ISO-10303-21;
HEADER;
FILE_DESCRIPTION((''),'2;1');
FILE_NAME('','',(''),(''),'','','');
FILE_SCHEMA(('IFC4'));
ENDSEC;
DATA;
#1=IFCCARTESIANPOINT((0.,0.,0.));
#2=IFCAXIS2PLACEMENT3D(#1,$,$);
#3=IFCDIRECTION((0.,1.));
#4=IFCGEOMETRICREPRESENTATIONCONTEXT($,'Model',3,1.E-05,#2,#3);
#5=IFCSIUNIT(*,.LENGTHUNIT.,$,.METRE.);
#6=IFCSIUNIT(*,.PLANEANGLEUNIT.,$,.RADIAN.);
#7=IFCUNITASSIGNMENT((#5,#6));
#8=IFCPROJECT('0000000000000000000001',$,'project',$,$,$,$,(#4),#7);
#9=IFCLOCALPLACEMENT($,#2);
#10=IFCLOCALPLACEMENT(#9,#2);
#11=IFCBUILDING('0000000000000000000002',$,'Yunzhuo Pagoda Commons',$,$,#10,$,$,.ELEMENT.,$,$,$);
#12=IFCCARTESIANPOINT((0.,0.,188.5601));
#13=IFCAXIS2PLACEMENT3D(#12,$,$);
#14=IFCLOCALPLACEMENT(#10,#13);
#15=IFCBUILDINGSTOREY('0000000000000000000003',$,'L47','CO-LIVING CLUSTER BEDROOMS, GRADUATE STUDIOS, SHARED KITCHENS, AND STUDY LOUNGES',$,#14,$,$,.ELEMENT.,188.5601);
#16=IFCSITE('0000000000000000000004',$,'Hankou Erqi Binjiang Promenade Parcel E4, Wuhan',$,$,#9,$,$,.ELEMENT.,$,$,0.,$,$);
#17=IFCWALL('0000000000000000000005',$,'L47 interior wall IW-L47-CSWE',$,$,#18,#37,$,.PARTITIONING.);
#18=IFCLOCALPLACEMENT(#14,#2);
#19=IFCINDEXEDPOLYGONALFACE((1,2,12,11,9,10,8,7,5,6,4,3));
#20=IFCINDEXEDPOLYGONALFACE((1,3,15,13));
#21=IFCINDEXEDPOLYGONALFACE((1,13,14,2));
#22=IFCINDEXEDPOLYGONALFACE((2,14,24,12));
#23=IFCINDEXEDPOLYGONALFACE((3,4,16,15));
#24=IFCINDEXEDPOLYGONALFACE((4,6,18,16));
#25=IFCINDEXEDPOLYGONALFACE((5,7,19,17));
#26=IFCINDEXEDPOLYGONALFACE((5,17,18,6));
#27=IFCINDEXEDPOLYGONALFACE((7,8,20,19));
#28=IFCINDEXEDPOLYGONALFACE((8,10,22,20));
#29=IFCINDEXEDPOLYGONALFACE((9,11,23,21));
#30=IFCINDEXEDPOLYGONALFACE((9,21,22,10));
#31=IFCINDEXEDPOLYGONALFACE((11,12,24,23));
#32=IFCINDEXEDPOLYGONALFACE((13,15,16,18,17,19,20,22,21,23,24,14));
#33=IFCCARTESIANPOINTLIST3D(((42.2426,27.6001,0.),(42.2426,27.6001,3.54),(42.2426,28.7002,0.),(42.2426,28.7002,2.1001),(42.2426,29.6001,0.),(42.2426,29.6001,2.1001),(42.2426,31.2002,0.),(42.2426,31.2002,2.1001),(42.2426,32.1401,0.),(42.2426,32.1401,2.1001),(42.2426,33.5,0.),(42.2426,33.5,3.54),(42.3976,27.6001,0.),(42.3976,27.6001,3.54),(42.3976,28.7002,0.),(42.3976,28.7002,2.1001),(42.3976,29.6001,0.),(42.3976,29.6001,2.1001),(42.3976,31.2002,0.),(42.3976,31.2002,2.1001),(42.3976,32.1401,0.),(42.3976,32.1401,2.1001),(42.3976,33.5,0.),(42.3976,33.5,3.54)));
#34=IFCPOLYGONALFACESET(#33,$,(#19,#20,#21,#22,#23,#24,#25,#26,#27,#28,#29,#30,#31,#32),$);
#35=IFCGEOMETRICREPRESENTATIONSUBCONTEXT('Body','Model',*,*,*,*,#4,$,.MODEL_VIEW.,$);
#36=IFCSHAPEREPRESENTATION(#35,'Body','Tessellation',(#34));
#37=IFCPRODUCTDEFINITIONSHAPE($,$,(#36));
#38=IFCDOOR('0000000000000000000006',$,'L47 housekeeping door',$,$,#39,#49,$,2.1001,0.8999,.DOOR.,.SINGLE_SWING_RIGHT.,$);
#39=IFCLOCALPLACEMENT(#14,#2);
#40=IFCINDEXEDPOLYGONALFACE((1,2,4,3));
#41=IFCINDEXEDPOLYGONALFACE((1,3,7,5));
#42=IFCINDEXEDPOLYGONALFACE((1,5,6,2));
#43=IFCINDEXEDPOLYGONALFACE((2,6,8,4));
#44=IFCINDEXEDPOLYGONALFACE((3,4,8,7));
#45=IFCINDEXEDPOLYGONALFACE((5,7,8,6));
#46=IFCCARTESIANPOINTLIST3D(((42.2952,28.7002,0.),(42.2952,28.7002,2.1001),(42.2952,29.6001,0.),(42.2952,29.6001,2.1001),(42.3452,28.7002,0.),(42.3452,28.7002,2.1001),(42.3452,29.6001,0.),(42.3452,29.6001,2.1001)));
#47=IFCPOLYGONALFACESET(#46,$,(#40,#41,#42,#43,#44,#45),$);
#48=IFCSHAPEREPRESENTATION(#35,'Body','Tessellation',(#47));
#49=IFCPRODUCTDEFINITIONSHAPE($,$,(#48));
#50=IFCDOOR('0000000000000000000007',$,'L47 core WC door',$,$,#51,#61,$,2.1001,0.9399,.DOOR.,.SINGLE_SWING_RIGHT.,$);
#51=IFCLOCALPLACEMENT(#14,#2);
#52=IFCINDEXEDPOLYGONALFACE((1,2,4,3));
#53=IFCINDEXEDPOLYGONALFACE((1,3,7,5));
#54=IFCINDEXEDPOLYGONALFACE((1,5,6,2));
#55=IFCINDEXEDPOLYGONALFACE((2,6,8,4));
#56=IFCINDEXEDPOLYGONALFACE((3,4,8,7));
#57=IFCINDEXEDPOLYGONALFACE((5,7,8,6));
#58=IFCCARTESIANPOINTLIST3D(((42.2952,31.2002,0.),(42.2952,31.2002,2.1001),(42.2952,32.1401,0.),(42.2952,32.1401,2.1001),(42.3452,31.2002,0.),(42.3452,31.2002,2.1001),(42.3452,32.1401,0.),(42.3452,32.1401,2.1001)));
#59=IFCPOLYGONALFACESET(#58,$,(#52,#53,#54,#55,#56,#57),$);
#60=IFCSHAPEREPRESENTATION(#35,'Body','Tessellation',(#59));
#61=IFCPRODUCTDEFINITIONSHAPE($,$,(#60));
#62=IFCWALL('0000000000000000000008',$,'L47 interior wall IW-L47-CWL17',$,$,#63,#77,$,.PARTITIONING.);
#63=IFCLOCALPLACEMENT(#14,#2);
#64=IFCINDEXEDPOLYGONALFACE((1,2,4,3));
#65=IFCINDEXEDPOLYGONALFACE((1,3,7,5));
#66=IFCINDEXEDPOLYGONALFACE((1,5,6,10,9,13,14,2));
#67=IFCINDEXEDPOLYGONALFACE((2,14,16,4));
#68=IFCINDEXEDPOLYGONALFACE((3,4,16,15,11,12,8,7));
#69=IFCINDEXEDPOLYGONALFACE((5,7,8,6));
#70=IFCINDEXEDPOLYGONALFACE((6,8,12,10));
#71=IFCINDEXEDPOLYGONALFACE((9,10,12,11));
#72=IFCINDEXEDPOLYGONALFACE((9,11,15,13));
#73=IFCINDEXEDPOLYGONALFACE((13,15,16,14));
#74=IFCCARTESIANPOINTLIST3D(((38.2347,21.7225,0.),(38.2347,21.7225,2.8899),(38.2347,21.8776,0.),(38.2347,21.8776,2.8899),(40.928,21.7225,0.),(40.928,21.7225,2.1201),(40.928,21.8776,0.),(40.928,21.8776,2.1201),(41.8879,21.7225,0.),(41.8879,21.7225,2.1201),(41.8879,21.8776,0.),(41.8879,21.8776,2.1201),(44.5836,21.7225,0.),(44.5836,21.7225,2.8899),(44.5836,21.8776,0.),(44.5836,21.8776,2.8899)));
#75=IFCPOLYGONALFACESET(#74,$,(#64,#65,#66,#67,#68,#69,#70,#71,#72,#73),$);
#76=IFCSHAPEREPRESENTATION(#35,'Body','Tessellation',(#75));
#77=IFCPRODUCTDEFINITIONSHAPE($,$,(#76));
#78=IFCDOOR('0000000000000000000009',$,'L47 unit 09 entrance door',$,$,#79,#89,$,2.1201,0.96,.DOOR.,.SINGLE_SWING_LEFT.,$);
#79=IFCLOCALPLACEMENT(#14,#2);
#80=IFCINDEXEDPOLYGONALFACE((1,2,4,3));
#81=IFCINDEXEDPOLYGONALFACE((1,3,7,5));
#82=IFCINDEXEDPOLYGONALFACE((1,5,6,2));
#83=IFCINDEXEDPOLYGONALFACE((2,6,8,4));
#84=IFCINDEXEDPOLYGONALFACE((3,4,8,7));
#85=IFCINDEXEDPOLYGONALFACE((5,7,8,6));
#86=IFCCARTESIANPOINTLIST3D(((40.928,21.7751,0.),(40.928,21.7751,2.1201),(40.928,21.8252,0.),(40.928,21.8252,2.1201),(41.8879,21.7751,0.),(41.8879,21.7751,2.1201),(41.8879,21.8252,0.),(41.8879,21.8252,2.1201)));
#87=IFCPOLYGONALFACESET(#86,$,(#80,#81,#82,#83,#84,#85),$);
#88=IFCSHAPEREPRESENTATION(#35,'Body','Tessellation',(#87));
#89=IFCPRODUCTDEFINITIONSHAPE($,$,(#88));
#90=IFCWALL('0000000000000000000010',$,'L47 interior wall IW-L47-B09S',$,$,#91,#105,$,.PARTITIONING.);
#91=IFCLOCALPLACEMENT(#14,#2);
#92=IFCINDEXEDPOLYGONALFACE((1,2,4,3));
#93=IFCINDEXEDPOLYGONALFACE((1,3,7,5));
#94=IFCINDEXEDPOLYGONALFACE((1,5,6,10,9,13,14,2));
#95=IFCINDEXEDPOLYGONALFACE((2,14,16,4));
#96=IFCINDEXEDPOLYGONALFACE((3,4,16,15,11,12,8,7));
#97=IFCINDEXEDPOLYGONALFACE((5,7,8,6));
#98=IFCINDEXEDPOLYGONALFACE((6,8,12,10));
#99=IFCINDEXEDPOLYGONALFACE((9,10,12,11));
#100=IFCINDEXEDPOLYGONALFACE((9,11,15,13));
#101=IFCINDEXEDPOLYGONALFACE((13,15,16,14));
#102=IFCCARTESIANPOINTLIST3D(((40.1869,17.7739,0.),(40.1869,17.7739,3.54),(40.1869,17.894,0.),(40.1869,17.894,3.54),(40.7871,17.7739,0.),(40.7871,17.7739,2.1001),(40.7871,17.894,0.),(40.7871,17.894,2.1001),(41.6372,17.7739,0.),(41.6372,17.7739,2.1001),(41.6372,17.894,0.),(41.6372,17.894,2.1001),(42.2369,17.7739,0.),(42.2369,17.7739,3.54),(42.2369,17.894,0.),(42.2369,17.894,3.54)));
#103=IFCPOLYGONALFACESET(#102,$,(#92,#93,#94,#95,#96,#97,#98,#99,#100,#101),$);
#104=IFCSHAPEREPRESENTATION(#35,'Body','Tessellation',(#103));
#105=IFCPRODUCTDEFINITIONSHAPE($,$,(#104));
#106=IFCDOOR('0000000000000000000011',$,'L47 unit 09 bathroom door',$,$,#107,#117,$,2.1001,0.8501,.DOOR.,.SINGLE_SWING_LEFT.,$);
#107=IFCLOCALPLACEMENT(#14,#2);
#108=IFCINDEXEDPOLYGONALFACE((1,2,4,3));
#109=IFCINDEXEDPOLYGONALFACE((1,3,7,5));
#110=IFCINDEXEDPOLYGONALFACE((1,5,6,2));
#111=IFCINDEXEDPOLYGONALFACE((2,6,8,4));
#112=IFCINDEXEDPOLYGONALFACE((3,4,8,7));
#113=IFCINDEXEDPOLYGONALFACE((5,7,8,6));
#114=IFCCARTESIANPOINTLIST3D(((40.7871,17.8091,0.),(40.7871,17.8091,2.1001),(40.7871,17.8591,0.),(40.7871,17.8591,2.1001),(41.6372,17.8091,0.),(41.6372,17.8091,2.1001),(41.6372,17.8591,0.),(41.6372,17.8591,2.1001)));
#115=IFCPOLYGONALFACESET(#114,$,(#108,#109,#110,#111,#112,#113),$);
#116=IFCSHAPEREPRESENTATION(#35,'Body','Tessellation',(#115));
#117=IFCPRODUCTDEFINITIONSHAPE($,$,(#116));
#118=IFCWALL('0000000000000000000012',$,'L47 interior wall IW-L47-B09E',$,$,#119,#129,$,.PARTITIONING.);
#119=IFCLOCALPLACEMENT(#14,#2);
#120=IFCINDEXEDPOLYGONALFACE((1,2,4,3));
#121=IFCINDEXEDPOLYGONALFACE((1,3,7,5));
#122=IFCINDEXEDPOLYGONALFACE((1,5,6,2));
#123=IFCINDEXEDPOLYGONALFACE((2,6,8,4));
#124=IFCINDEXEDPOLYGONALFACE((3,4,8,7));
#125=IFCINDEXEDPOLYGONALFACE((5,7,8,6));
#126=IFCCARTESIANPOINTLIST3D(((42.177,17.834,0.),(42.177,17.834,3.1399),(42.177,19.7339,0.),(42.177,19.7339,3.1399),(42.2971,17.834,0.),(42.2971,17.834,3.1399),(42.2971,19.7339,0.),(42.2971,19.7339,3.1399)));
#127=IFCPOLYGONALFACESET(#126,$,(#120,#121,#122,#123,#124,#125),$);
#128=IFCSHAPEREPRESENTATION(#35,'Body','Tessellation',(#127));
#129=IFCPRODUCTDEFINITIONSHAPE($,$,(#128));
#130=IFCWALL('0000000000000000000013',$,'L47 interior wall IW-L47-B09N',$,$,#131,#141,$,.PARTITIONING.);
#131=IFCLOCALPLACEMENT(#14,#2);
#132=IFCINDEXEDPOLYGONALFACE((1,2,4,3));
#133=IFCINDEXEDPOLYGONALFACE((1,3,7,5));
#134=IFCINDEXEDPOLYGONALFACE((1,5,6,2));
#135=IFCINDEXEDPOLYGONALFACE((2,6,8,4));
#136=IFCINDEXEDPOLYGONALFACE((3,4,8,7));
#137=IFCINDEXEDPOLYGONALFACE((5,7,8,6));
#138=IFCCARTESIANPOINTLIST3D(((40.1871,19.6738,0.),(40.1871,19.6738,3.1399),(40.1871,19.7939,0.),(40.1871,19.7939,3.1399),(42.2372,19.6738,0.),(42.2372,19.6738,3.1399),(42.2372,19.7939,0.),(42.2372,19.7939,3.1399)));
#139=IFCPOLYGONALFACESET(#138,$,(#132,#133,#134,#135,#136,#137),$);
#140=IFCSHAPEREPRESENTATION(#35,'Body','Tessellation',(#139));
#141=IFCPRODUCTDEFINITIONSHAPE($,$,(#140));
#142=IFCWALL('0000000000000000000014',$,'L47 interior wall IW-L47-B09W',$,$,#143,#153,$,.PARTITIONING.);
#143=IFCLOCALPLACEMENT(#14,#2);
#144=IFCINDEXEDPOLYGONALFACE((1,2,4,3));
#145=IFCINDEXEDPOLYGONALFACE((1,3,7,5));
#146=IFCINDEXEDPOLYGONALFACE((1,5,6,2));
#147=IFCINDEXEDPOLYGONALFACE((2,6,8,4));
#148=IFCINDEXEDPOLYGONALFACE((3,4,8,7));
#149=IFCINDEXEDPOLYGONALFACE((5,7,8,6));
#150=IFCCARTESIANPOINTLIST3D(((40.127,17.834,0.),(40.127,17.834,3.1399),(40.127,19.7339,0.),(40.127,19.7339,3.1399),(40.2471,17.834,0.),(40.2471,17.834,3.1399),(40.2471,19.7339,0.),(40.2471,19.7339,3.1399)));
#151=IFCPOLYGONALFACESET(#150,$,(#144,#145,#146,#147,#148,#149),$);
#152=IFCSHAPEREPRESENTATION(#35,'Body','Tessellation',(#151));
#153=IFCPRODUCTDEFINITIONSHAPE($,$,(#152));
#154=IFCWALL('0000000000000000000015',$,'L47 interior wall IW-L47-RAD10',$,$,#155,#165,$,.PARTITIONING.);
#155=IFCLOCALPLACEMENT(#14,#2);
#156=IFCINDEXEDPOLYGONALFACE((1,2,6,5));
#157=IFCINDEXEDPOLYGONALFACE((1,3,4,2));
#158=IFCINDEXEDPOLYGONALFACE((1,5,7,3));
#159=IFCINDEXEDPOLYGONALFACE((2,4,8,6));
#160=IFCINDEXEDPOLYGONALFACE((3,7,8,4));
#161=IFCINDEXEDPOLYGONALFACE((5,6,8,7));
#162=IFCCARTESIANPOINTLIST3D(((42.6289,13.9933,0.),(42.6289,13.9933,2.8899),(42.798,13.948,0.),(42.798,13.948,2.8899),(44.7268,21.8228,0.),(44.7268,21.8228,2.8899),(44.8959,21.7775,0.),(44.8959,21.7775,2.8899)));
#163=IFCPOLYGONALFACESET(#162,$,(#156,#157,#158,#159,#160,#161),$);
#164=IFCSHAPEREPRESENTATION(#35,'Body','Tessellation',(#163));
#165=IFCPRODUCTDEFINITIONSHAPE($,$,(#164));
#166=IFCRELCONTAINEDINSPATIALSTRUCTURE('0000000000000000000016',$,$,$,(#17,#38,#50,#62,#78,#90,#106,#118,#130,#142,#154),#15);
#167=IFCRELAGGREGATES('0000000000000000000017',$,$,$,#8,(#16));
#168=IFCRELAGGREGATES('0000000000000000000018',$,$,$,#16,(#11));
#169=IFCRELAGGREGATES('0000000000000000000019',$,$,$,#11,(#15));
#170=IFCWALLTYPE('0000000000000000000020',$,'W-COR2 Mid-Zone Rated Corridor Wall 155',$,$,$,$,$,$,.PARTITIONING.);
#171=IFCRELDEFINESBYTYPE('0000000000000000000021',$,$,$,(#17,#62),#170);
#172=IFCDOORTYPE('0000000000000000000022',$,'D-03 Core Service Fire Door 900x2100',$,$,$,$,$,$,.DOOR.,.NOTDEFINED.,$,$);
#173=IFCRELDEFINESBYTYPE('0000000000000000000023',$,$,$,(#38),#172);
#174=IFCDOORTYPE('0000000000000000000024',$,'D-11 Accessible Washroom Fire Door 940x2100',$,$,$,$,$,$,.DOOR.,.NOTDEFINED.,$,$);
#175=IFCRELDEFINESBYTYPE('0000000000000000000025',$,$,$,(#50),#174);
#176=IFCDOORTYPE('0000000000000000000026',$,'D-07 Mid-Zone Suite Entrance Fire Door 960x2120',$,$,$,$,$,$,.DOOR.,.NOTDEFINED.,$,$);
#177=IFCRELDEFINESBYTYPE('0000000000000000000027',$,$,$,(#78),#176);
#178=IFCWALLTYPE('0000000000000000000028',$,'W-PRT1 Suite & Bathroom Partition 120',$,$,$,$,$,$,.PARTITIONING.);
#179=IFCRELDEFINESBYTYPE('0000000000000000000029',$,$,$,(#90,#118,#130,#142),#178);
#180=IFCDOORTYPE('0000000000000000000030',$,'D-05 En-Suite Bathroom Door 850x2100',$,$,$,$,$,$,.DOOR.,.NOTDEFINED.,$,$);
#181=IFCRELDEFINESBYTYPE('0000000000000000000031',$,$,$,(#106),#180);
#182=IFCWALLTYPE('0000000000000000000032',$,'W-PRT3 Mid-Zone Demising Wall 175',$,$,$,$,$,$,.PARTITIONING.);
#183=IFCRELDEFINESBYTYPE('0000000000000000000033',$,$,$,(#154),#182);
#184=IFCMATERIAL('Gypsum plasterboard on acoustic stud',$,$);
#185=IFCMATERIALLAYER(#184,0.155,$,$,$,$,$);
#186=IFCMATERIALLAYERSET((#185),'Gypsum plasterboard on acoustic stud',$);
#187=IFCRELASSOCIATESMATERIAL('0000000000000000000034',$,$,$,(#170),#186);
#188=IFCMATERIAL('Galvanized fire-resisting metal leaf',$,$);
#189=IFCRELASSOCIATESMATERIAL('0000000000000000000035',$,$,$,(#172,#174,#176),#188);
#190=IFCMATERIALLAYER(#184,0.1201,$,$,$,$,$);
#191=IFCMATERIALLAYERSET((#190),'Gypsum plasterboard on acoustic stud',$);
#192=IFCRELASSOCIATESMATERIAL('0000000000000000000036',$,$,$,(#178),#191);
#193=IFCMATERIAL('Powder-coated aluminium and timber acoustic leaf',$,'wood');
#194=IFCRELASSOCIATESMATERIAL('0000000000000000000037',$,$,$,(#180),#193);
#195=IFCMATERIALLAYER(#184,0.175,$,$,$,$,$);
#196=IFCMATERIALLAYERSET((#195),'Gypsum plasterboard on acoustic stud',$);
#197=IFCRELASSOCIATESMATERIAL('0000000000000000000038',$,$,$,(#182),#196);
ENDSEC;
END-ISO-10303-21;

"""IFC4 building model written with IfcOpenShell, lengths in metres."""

from ifc_helpers import new_model, si_unit, direction, frame, frame_2d, origin, origin_with_axes, place, context, subcontext, project, spatial, rectangle, extrude, source, transform, mapped, material, layer, layer_set, type_object, element, fill, save


model = new_model("IFC4")

# Units and contexts
model_context = context("Model", 3, precision=1e-05, world=origin(), true_north=direction((0.0, 1.0)))
body_context = subcontext(model_context, "Body", "Model", "MODEL_VIEW")
ifc_project = project(units=[si_unit("LENGTHUNIT", "METRE"), si_unit("PLANEANGLEUNIT", "RADIAN")], contexts=[model_context])

# Site, building, storey
site_placement = place(None, origin())
site = spatial("IfcSite", under=ifc_project, at=site_placement, Name="Hankou Erqi Binjiang Promenade Parcel E4, Wuhan", CompositionType="ELEMENT", RefElevation=0.0)
building_placement = place(site_placement, origin())
building = spatial("IfcBuilding", under=site, at=building_placement, Name="Yunzhuo Pagoda Commons", CompositionType="ELEMENT")
storey_placement = place(building_placement, frame((0.0, 0.0, 188.5601)))
storey = spatial("IfcBuildingStorey", under=building, at=storey_placement, Name="L47", Description="CO-LIVING CLUSTER BEDROOMS, GRADUATE STUDIOS, SHARED KITCHENS, AND STUDY LOUNGES", CompositionType="ELEMENT", Elevation=188.5601)

# Wall, openings, doors
ifc_material_1 = material(Name="Gypsum plasterboard on acoustic stud")
ifc_layer_1 = layer(ifc_material_1, 0.155)
ifc_layer_set_1 = layer_set([ifc_layer_1], Name="Gypsum plasterboard on acoustic stud")
wall_type_1 = type_object("IfcWallType", Name="W-COR2 Mid-Zone Rated Corridor Wall 155", PredefinedType="PARTITIONING", material=ifc_layer_set_1)
wall_1_placement = place(storey_placement, frame((42.3201, 27.6001, 0.0), z_axis=(0.0, 0.0, 1.0), x_axis=(0.0, 1.0, 0.0)))
wall_1 = element("IfcWall", 1, at=wall_1_placement, inside=storey, type_object=wall_type_1, Name="L47 interior wall IW-L47-CSWE", PredefinedType="PARTITIONING", context=body_context, shape_type="SweptSolid", body=[
    extrude(rectangle(XDim=5.8999, YDim=0.155, at=frame_2d((2.95, 0.0))), origin(), (0.0, 0.0, 1.0), 3.54),
])
opening_1_placement = place(wall_1_placement, frame((1.1001, 0.0, 0.0)))
opening_1 = element("IfcOpeningElement", 2, at=opening_1_placement, cuts=wall_1, PredefinedType="OPENING", context=body_context, shape_type="SweptSolid", body=[
    extrude(rectangle(XDim=0.8999, YDim=2.1001, at=frame_2d((0.45, 1.05))), frame((0.0, 0.0874, 0.0), z_axis=(0.0, -1.0, 0.0), x_axis=(1.0, 0.0, 0.0)), (0.0, 0.0, 1.0), 0.175),
])
opening_2_placement = place(wall_1_placement, frame((3.6001, 0.0, 0.0)))
opening_2 = element("IfcOpeningElement", 3, at=opening_2_placement, cuts=wall_1, PredefinedType="OPENING", context=body_context, shape_type="SweptSolid", body=[
    extrude(rectangle(XDim=0.9399, YDim=2.1001, at=frame_2d((0.47, 1.05))), frame((0.0, 0.0874, 0.0), z_axis=(0.0, -1.0, 0.0), x_axis=(1.0, 0.0, 0.0)), (0.0, 0.0, 1.0), 0.175),
])
ifc_material_2 = material(Name="Galvanized fire-resisting metal leaf")
door_type_1 = type_object("IfcDoorType", Name="D-03 Core Service Fire Door 900x2100", OperationType="NOTDEFINED", PredefinedType="DOOR", material=ifc_material_2)
shared_shape_1 = source(origin(), body_context, "Body", "SweptSolid", [
    extrude(rectangle(XDim=0.8999, YDim=2.1001, at=frame_2d((0.45, 1.05))), frame((0.0, 0.0249, 0.0), z_axis=(0.0, -1.0, 0.0), x_axis=(1.0, 0.0, 0.0)), (0.0, 0.0, 1.0), 0.05),
])
door_1_placement = place(opening_1_placement, origin_with_axes())
door_1 = element("IfcDoor", 4, at=door_1_placement, inside=storey, type_object=door_type_1, Name="L47 housekeeping door", OperationType="SINGLE_SWING_RIGHT", OverallHeight=2.1001, OverallWidth=0.8999, PredefinedType="DOOR", context=body_context, shape_type="MappedRepresentation", body=[
    mapped(shared_shape_1, transform((0.0, 0.0, 0.0), scale=1.0)),
])
fill(opening_1, door_1)
door_type_2 = type_object("IfcDoorType", Name="D-11 Accessible Washroom Fire Door 940x2100", OperationType="NOTDEFINED", PredefinedType="DOOR", material=ifc_material_2)
shared_shape_2 = source(origin(), body_context, "Body", "SweptSolid", [
    extrude(rectangle(XDim=0.9399, YDim=2.1001, at=frame_2d((0.47, 1.05))), frame((0.0, 0.0249, 0.0), z_axis=(0.0, -1.0, 0.0), x_axis=(1.0, 0.0, 0.0)), (0.0, 0.0, 1.0), 0.05),
])
door_2_placement = place(opening_2_placement, origin_with_axes())
door_2 = element("IfcDoor", 5, at=door_2_placement, inside=storey, type_object=door_type_2, Name="L47 core WC door", OperationType="SINGLE_SWING_RIGHT", OverallHeight=2.1001, OverallWidth=0.9399, PredefinedType="DOOR", context=body_context, shape_type="MappedRepresentation", body=[
    mapped(shared_shape_2, transform((0.0, 0.0, 0.0), scale=1.0)),
])
fill(opening_2, door_2)

# Walls, openings, doors
wall_2_placement = place(storey_placement, frame((44.5835, 21.8, 0.0), z_axis=(0.0, 0.0, 1.0), x_axis=(-1.0, 0.0, 0.0)))
wall_2 = element("IfcWall", 6, at=wall_2_placement, inside=storey, type_object=wall_type_1, Name="L47 interior wall IW-L47-CWL17", PredefinedType="PARTITIONING", context=body_context, shape_type="SweptSolid", body=[
    extrude(rectangle(XDim=6.3489, YDim=0.155, at=frame_2d((3.1743, 0.0))), origin(), (0.0, 0.0, 1.0), 2.8899),
])
opening_3_placement = place(wall_2_placement, frame((2.6956, 0.0, 0.0)))
opening_3 = element("IfcOpeningElement", 7, at=opening_3_placement, cuts=wall_2, PredefinedType="OPENING", context=body_context, shape_type="SweptSolid", body=[
    extrude(rectangle(XDim=0.96, YDim=2.1201, at=frame_2d((0.48, 1.0601))), frame((0.0, 0.0874, 0.0), z_axis=(0.0, -1.0, 0.0), x_axis=(1.0, 0.0, 0.0)), (0.0, 0.0, 1.0), 0.175),
])
door_type_3 = type_object("IfcDoorType", Name="D-07 Mid-Zone Suite Entrance Fire Door 960x2120", OperationType="NOTDEFINED", PredefinedType="DOOR", material=ifc_material_2)
shared_shape_3 = source(origin(), body_context, "Body", "SweptSolid", [
    extrude(rectangle(XDim=0.96, YDim=2.1201, at=frame_2d((0.48, 1.0601))), frame((0.0, 0.0249, 0.0), z_axis=(0.0, -1.0, 0.0), x_axis=(1.0, 0.0, 0.0)), (0.0, 0.0, 1.0), 0.05),
])
door_3_placement = place(opening_3_placement, origin_with_axes())
door_3 = element("IfcDoor", 8, at=door_3_placement, inside=storey, type_object=door_type_3, Name="L47 unit 09 entrance door", OperationType="SINGLE_SWING_LEFT", OverallHeight=2.1201, OverallWidth=0.96, PredefinedType="DOOR", context=body_context, shape_type="MappedRepresentation", body=[
    mapped(shared_shape_3, transform((0.0, 0.0, 0.0), scale=1.0)),
])
fill(opening_3, door_3)
ifc_layer_2 = layer(ifc_material_1, 0.1201)
ifc_layer_set_2 = layer_set([ifc_layer_2], Name="Gypsum plasterboard on acoustic stud")
wall_type_2 = type_object("IfcWallType", Name="W-PRT1 Suite & Bathroom Partition 120", PredefinedType="PARTITIONING", material=ifc_layer_set_2)
wall_3_placement = place(storey_placement, frame((40.187, 17.834, 0.0), z_axis=(0.0, 0.0, 1.0), x_axis=(1.0, 0.0, 0.0)))
wall_3 = element("IfcWall", 9, at=wall_3_placement, inside=storey, type_object=wall_type_2, Name="L47 interior wall IW-L47-B09S", PredefinedType="PARTITIONING", context=body_context, shape_type="SweptSolid", body=[
    extrude(rectangle(XDim=2.05, YDim=0.1201, at=frame_2d((1.0249, 0.0))), origin(), (0.0, 0.0, 1.0), 3.54),
])
opening_4_placement = place(wall_3_placement, frame((0.6001, 0.0, 0.0)))
opening_4 = element("IfcOpeningElement", 10, at=opening_4_placement, cuts=wall_3, PredefinedType="OPENING", context=body_context, shape_type="SweptSolid", body=[
    extrude(rectangle(XDim=0.8501, YDim=2.1001, at=frame_2d((0.425, 1.05))), frame((0.0, 0.0701, 0.0), z_axis=(0.0, -1.0, 0.0), x_axis=(1.0, 0.0, 0.0)), (0.0, 0.0, 1.0), 0.1401),
])
ifc_material_3 = material(Name="Powder-coated aluminium and timber acoustic leaf", Category="wood")
door_type_4 = type_object("IfcDoorType", Name="D-05 En-Suite Bathroom Door 850x2100", OperationType="NOTDEFINED", PredefinedType="DOOR", material=ifc_material_3)
shared_shape_4 = source(origin(), body_context, "Body", "SweptSolid", [
    extrude(rectangle(XDim=0.8501, YDim=2.1001, at=frame_2d((0.425, 1.05))), frame((0.0, 0.0249, 0.0), z_axis=(0.0, -1.0, 0.0), x_axis=(1.0, 0.0, 0.0)), (0.0, 0.0, 1.0), 0.05),
])
door_4_placement = place(opening_4_placement, frame((0.8501, 0.0, 0.0), z_axis=(0.0, 0.0, 1.0), x_axis=(-1.0, 0.0, 0.0)))
door_4 = element("IfcDoor", 11, at=door_4_placement, inside=storey, type_object=door_type_4, Name="L47 unit 09 bathroom door", OperationType="SINGLE_SWING_LEFT", OverallHeight=2.1001, OverallWidth=0.8501, PredefinedType="DOOR", context=body_context, shape_type="MappedRepresentation", body=[
    mapped(shared_shape_4, transform((0.0, 0.0, 0.0), scale=1.0)),
])
fill(opening_4, door_4)

# Walls
wall_4_placement = place(storey_placement, frame((42.2371, 17.834, 0.0), z_axis=(0.0, 0.0, 1.0), x_axis=(0.0, 1.0, 0.0)))
element("IfcWall", 12, at=wall_4_placement, inside=storey, type_object=wall_type_2, Name="L47 interior wall IW-L47-B09E", PredefinedType="PARTITIONING", context=body_context, shape_type="SweptSolid", body=[
    extrude(rectangle(XDim=1.8999, YDim=0.1201, at=frame_2d((0.95, 0.0))), origin(), (0.0, 0.0, 1.0), 3.1399),
])
wall_5_placement = place(storey_placement, frame((42.2371, 19.7339, 0.0), z_axis=(0.0, 0.0, 1.0), x_axis=(-1.0, 0.0, 0.0)))
element("IfcWall", 13, at=wall_5_placement, inside=storey, type_object=wall_type_2, Name="L47 interior wall IW-L47-B09N", PredefinedType="PARTITIONING", context=body_context, shape_type="SweptSolid", body=[
    extrude(rectangle(XDim=2.05, YDim=0.1201, at=frame_2d((1.0249, 0.0))), origin(), (0.0, 0.0, 1.0), 3.1399),
])
wall_6_placement = place(storey_placement, frame((40.187, 19.7339, 0.0), z_axis=(0.0, 0.0, 1.0), x_axis=(0.0, -1.0, 0.0)))
element("IfcWall", 14, at=wall_6_placement, inside=storey, type_object=wall_type_2, Name="L47 interior wall IW-L47-B09W", PredefinedType="PARTITIONING", context=body_context, shape_type="SweptSolid", body=[
    extrude(rectangle(XDim=1.8999, YDim=0.1201, at=frame_2d((0.95, 0.0))), origin(), (0.0, 0.0, 1.0), 3.1399),
])
ifc_layer_3 = layer(ifc_material_1, 0.175)
ifc_layer_set_3 = layer_set([ifc_layer_3], Name="Gypsum plasterboard on acoustic stud")
wall_type_3 = type_object("IfcWallType", Name="W-PRT3 Mid-Zone Demising Wall 175", PredefinedType="PARTITIONING", material=ifc_layer_set_3)
wall_7_placement = place(storey_placement, frame((44.8113, 21.8, 0.0), z_axis=(0.0, 0.0, 1.0), x_axis=(-0.258815, -0.965927, 0.0)))
element("IfcWall", 15, at=wall_7_placement, inside=storey, type_object=wall_type_3, Name="L47 interior wall IW-L47-RAD10", PredefinedType="PARTITIONING", context=body_context, shape_type="SweptSolid", body=[
    extrude(rectangle(XDim=8.1057, YDim=0.175, at=frame_2d((4.0527, 0.0))), origin(), (0.0, 0.0, 1.0), 2.8899),
])

save(model, "model.ifc")
